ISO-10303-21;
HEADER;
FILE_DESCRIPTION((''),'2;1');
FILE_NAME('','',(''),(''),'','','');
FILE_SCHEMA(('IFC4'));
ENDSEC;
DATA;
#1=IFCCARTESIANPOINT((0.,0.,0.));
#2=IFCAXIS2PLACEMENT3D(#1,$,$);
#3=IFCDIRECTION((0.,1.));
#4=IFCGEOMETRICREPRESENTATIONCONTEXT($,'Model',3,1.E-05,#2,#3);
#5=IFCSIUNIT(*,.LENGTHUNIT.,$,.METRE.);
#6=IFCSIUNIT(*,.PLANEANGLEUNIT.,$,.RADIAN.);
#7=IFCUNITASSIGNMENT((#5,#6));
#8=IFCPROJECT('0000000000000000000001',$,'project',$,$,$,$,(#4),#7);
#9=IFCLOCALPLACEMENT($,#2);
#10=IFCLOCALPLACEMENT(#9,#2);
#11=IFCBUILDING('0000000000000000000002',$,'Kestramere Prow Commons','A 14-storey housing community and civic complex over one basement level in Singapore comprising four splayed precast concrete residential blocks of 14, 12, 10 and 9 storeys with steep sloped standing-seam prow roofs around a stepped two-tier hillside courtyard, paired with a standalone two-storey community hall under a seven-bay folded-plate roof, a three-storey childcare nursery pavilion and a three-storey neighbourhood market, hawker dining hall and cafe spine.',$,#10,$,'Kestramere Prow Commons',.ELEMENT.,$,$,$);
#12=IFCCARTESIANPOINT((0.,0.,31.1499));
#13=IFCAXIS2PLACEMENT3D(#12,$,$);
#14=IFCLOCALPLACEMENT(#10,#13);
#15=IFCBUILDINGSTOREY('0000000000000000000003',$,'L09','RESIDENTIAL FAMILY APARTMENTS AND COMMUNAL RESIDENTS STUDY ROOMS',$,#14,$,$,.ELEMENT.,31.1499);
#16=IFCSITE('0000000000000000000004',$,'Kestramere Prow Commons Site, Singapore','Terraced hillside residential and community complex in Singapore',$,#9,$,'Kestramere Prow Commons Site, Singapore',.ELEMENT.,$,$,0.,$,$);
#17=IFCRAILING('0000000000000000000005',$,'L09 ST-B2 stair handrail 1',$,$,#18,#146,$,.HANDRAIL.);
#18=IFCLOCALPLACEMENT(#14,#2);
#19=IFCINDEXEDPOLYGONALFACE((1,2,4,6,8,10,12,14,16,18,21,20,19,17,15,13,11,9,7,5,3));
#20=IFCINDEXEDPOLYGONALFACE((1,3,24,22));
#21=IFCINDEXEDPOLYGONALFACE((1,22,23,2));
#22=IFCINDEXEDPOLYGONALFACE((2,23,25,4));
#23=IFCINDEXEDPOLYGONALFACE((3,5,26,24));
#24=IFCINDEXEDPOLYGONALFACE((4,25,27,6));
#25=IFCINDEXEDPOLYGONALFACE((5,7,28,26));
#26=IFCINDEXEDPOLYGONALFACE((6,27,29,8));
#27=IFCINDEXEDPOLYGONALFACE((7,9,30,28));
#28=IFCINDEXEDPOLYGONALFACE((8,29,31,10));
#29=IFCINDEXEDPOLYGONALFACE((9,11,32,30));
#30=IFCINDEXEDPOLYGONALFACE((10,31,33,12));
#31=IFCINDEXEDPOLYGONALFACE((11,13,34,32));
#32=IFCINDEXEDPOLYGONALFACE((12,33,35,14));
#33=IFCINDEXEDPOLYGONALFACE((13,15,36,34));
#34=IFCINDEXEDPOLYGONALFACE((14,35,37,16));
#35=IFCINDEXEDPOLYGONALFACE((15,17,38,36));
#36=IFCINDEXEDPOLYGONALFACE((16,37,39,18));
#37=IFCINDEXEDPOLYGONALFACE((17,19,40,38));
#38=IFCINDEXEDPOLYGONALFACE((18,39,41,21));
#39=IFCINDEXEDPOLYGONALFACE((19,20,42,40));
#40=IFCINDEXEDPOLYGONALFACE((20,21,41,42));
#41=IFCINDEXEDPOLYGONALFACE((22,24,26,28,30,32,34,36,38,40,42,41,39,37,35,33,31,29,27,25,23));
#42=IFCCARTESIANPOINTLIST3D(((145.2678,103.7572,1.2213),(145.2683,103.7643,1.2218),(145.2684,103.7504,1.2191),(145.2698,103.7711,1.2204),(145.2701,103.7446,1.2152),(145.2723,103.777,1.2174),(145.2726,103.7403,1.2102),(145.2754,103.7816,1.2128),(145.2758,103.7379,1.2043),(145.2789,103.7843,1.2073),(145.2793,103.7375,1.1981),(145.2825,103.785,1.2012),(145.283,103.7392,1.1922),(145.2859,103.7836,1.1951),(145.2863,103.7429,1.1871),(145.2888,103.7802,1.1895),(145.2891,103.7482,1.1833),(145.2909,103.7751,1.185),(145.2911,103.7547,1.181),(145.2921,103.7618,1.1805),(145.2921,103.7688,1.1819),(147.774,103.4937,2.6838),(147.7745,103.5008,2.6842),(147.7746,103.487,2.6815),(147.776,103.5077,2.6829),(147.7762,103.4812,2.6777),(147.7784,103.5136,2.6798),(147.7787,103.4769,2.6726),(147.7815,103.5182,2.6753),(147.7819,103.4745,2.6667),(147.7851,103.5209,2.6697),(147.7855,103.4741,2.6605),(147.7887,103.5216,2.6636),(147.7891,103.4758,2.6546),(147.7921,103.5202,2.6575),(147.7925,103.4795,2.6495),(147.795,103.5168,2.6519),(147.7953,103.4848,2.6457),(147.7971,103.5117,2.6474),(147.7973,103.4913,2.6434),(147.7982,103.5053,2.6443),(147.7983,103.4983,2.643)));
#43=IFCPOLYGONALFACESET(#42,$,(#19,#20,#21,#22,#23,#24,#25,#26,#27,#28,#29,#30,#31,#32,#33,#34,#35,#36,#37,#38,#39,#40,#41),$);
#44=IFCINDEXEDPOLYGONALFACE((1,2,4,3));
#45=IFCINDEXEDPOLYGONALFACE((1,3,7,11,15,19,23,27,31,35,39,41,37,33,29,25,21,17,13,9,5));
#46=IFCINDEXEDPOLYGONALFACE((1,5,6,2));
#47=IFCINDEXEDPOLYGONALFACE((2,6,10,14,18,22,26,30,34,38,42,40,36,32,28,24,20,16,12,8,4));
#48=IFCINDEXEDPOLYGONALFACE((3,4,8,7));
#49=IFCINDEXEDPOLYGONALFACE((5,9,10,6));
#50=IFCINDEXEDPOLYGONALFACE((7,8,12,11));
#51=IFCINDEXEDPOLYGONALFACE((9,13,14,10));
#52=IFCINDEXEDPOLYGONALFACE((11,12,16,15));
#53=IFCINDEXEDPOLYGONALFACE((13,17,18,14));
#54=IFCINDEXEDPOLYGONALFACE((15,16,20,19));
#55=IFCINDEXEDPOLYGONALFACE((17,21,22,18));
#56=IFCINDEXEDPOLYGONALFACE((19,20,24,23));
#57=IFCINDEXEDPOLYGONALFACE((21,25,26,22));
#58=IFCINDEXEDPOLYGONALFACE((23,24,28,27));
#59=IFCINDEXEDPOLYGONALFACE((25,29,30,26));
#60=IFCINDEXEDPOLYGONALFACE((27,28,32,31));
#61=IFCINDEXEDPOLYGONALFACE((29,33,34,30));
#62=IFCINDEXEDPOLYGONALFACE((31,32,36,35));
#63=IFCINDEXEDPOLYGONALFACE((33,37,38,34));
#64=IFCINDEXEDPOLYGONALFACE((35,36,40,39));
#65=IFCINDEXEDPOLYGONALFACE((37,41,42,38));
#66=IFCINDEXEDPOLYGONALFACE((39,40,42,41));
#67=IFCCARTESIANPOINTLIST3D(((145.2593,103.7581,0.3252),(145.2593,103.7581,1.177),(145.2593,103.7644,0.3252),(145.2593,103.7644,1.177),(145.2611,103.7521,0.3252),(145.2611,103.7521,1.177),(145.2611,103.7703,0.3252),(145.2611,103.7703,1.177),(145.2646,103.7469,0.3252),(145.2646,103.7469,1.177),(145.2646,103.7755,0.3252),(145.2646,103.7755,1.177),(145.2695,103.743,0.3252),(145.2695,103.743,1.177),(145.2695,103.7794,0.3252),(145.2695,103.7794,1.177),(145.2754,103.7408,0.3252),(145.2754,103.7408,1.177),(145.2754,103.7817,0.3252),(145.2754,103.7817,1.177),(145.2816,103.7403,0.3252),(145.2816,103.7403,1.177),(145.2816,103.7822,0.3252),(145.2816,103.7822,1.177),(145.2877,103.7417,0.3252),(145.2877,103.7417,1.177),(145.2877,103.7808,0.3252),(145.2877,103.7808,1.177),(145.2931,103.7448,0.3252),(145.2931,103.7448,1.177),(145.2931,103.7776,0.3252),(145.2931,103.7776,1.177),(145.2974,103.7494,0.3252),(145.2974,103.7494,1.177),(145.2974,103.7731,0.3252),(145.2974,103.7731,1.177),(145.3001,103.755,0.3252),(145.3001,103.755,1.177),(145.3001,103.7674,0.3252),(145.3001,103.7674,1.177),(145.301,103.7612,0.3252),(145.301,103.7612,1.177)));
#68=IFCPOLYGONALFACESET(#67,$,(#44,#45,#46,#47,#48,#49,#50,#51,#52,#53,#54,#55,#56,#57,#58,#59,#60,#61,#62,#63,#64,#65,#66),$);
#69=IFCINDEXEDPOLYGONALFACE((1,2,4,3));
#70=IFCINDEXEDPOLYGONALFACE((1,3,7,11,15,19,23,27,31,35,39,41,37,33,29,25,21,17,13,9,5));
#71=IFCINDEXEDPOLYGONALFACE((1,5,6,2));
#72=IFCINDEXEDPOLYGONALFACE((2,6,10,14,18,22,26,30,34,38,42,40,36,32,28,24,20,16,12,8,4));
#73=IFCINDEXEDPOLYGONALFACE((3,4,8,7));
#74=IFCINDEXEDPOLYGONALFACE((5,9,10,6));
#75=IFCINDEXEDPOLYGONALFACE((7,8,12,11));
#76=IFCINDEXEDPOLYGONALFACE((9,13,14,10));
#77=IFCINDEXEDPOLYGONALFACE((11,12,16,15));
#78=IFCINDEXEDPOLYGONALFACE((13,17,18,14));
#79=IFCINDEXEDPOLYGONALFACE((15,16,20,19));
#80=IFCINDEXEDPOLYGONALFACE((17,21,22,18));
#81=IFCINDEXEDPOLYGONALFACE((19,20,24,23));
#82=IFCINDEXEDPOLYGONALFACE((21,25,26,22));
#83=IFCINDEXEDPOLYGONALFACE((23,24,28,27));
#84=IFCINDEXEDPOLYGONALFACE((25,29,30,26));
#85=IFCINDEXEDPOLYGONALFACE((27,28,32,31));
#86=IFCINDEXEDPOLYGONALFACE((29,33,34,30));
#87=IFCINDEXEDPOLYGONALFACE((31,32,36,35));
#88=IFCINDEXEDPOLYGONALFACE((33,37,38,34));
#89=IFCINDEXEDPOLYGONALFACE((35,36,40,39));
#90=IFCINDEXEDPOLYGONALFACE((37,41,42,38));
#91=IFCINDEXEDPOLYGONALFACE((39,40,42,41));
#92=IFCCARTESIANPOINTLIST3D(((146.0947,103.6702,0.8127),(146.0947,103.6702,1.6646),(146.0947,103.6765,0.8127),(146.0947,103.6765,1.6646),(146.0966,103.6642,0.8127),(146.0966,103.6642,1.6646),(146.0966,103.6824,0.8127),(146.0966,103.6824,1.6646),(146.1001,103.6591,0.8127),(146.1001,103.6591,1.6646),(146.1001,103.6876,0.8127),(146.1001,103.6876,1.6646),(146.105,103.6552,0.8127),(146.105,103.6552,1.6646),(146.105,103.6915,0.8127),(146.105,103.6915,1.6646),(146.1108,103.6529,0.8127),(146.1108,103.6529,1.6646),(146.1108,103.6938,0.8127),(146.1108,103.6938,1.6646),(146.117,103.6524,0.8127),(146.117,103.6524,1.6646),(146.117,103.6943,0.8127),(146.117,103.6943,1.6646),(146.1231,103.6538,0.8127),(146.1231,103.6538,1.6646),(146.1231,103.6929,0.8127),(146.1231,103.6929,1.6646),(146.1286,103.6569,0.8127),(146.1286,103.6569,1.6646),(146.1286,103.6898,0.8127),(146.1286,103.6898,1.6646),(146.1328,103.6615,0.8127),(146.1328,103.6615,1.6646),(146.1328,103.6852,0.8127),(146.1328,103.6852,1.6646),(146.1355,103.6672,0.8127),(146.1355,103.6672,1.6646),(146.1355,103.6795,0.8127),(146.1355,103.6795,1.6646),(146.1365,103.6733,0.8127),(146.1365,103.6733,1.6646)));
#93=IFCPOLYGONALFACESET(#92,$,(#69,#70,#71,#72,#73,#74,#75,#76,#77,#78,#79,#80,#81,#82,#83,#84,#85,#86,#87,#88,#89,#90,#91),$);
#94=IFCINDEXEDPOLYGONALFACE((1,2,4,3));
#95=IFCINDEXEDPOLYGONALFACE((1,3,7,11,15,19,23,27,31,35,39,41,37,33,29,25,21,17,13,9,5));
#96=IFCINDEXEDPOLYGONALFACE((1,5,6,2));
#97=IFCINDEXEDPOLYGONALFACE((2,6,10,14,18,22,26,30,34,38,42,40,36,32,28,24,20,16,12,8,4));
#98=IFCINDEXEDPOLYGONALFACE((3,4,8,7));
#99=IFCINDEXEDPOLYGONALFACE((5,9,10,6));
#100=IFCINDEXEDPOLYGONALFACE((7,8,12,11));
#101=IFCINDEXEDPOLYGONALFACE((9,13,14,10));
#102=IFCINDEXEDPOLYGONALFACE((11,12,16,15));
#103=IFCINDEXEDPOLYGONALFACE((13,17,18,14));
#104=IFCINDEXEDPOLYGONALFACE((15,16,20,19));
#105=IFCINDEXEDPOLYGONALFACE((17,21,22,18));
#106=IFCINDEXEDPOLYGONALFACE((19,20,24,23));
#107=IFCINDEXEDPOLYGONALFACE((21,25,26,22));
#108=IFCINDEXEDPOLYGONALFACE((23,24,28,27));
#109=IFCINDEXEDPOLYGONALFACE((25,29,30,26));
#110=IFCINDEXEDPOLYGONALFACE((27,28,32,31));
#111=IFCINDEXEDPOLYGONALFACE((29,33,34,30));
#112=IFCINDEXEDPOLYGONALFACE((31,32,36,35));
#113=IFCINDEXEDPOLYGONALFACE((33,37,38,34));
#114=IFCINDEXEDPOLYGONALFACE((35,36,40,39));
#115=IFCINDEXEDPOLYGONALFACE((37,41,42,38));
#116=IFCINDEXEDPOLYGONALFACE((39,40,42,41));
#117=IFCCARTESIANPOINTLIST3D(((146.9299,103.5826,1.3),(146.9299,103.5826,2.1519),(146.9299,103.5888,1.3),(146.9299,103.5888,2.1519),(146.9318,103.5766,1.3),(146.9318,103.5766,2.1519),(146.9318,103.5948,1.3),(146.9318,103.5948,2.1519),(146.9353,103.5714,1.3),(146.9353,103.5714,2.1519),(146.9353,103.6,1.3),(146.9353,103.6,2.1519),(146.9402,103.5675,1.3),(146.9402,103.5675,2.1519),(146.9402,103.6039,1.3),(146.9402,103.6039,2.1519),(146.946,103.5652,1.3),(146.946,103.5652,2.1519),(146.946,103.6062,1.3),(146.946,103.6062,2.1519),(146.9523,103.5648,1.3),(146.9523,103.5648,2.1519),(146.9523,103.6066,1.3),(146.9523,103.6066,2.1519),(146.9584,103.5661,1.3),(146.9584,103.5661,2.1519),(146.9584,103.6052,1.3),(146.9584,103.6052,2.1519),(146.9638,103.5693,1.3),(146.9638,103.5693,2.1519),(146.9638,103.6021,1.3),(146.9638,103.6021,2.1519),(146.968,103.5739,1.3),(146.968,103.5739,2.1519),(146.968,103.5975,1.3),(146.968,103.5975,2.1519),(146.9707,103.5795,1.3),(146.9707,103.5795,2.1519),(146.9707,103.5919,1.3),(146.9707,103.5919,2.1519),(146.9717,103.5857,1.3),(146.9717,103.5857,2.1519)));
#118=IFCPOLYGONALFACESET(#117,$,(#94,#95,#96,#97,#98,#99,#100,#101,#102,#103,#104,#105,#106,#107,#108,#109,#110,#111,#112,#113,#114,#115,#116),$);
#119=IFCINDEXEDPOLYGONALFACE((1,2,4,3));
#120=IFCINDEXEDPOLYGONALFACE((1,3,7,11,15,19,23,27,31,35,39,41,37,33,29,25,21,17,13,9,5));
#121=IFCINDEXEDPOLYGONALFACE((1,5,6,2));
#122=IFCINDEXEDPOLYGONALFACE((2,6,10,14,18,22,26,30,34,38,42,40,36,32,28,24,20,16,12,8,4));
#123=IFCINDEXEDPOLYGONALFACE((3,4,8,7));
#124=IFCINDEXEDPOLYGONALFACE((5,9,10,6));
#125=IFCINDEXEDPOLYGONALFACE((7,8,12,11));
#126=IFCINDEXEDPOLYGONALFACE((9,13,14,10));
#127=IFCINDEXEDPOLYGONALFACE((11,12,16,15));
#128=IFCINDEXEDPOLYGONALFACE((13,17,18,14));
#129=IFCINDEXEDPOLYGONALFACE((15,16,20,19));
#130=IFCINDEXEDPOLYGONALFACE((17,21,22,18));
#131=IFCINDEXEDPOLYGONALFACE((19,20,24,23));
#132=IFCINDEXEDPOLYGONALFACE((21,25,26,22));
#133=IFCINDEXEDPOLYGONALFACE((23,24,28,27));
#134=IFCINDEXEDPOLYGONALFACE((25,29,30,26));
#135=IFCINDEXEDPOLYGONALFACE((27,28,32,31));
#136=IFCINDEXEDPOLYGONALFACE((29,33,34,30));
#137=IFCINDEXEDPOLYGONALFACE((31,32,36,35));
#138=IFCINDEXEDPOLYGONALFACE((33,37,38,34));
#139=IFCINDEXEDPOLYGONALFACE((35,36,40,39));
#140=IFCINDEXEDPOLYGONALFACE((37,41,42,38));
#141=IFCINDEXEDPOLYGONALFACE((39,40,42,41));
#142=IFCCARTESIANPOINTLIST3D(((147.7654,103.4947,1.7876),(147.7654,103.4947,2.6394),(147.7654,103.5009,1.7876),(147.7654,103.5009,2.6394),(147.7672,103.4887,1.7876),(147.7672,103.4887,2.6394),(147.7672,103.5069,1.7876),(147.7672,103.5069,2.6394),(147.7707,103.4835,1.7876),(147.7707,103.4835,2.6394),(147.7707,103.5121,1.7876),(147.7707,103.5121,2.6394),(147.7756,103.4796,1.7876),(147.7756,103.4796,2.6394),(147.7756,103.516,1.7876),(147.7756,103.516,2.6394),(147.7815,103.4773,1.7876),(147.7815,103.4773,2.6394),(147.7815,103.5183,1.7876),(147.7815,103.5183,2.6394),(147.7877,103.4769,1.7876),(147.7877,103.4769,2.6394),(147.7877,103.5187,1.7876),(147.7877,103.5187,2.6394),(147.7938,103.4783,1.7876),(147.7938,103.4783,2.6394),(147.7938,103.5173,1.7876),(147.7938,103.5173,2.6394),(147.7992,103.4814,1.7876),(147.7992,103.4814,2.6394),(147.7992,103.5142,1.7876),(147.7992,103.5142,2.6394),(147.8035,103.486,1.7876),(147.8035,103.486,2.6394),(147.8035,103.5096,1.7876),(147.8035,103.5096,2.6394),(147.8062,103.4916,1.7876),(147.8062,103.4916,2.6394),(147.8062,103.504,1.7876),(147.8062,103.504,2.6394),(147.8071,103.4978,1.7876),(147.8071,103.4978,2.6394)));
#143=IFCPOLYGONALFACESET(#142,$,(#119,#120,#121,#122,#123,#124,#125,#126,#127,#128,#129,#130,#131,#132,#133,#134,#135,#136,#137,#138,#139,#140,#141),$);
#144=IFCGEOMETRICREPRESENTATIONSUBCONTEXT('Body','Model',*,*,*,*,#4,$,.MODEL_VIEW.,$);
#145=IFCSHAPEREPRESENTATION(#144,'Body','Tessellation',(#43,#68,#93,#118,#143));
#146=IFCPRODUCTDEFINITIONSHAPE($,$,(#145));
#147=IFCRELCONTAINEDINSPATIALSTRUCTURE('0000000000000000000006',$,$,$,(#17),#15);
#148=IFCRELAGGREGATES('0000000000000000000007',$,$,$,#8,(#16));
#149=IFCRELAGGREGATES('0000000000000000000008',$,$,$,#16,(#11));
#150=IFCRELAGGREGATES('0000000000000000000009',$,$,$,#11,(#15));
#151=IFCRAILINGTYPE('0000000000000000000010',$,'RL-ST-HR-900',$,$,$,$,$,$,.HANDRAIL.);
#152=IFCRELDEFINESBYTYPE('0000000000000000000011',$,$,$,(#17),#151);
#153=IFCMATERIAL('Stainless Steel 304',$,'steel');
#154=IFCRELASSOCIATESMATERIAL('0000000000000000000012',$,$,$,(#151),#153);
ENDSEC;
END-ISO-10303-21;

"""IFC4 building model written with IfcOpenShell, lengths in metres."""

from ifc_helpers import new_model, si_unit, direction, frame, origin, origin_2d, place, context, subcontext, project, spatial, circle, extrude, material, type_object, element, save


model = new_model("IFC4")

# Units and contexts
model_context = context("Model", 3, precision=1e-05, world=origin(), true_north=direction((0.0, 1.0)))
body_context = subcontext(model_context, "Body", "Model", "MODEL_VIEW")
ifc_project = project(units=[si_unit("LENGTHUNIT", "METRE"), si_unit("PLANEANGLEUNIT", "RADIAN")], contexts=[model_context])

# Site, building, storey
site_placement = place(None, origin())
site = spatial("IfcSite", under=ifc_project, at=site_placement, Name="Kestramere Prow Commons Site, Singapore", Description="Terraced hillside residential and community complex in Singapore", LongName="Kestramere Prow Commons Site, Singapore", CompositionType="ELEMENT", RefElevation=0.0)
building_placement = place(site_placement, origin())
building = spatial("IfcBuilding", under=site, at=building_placement, Name="Kestramere Prow Commons", Description="A 14-storey housing community and civic complex over one basement level in Singapore comprising four splayed precast concrete residential blocks of 14, 12, 10 and 9 storeys with steep sloped standing-seam prow roofs around a stepped two-tier hillside courtyard, paired with a standalone two-storey community hall under a seven-bay folded-plate roof, a three-storey childcare nursery pavilion and a three-storey neighbourhood market, hawker dining hall and cafe spine.", LongName="Kestramere Prow Commons", CompositionType="ELEMENT")
storey_placement = place(building_placement, frame((0.0, 0.0, 31.1499)))
storey = spatial("IfcBuildingStorey", under=building, at=storey_placement, Name="L09", Description="RESIDENTIAL FAMILY APARTMENTS AND COMMUNAL RESIDENTS STUDY ROOMS", CompositionType="ELEMENT", Elevation=31.1499)

# Railing
ifc_material_1 = material(Name="Stainless Steel 304", Category="steel")
railing_type_1 = type_object("IfcRailingType", Name="RL-ST-HR-900", PredefinedType="HANDRAIL", material=ifc_material_1)
railing_1_placement = place(storey_placement, frame((145.28, 103.7612, 0.3252)))
element("IfcRailing", 1, at=railing_1_placement, inside=storey, type_object=railing_type_1, Name="L09 ST-B2 stair handrail 1", PredefinedType="HANDRAIL", context=body_context, shape_type="SweptSolid", body=[
    extrude(circle(Radius=0.0239, at=origin_2d()), frame((0.0, 0.0, 0.876), z_axis=(0.860165, -0.090416, 0.501937), x_axis=(0.104539, 0.994521, 0.0)), (0.0, 0.0, 1.0), 2.9136),
    extrude(circle(Radius=0.021, at=origin_2d()), origin(), (0.0, 0.0, 1.0), 0.8518),
    extrude(circle(Radius=0.021, at=origin_2d()), frame((0.8354, -0.0879, 0.4875)), (0.0, 0.0, 1.0), 0.8518),
    extrude(circle(Radius=0.021, at=origin_2d()), frame((1.6707, -0.1755, 0.9749)), (0.0, 0.0, 1.0), 0.8518),
    extrude(circle(Radius=0.021, at=origin_2d()), frame((2.5061, -0.2634, 1.4624)), (0.0, 0.0, 1.0), 0.8518),
])

save(model, "model.ifc")
